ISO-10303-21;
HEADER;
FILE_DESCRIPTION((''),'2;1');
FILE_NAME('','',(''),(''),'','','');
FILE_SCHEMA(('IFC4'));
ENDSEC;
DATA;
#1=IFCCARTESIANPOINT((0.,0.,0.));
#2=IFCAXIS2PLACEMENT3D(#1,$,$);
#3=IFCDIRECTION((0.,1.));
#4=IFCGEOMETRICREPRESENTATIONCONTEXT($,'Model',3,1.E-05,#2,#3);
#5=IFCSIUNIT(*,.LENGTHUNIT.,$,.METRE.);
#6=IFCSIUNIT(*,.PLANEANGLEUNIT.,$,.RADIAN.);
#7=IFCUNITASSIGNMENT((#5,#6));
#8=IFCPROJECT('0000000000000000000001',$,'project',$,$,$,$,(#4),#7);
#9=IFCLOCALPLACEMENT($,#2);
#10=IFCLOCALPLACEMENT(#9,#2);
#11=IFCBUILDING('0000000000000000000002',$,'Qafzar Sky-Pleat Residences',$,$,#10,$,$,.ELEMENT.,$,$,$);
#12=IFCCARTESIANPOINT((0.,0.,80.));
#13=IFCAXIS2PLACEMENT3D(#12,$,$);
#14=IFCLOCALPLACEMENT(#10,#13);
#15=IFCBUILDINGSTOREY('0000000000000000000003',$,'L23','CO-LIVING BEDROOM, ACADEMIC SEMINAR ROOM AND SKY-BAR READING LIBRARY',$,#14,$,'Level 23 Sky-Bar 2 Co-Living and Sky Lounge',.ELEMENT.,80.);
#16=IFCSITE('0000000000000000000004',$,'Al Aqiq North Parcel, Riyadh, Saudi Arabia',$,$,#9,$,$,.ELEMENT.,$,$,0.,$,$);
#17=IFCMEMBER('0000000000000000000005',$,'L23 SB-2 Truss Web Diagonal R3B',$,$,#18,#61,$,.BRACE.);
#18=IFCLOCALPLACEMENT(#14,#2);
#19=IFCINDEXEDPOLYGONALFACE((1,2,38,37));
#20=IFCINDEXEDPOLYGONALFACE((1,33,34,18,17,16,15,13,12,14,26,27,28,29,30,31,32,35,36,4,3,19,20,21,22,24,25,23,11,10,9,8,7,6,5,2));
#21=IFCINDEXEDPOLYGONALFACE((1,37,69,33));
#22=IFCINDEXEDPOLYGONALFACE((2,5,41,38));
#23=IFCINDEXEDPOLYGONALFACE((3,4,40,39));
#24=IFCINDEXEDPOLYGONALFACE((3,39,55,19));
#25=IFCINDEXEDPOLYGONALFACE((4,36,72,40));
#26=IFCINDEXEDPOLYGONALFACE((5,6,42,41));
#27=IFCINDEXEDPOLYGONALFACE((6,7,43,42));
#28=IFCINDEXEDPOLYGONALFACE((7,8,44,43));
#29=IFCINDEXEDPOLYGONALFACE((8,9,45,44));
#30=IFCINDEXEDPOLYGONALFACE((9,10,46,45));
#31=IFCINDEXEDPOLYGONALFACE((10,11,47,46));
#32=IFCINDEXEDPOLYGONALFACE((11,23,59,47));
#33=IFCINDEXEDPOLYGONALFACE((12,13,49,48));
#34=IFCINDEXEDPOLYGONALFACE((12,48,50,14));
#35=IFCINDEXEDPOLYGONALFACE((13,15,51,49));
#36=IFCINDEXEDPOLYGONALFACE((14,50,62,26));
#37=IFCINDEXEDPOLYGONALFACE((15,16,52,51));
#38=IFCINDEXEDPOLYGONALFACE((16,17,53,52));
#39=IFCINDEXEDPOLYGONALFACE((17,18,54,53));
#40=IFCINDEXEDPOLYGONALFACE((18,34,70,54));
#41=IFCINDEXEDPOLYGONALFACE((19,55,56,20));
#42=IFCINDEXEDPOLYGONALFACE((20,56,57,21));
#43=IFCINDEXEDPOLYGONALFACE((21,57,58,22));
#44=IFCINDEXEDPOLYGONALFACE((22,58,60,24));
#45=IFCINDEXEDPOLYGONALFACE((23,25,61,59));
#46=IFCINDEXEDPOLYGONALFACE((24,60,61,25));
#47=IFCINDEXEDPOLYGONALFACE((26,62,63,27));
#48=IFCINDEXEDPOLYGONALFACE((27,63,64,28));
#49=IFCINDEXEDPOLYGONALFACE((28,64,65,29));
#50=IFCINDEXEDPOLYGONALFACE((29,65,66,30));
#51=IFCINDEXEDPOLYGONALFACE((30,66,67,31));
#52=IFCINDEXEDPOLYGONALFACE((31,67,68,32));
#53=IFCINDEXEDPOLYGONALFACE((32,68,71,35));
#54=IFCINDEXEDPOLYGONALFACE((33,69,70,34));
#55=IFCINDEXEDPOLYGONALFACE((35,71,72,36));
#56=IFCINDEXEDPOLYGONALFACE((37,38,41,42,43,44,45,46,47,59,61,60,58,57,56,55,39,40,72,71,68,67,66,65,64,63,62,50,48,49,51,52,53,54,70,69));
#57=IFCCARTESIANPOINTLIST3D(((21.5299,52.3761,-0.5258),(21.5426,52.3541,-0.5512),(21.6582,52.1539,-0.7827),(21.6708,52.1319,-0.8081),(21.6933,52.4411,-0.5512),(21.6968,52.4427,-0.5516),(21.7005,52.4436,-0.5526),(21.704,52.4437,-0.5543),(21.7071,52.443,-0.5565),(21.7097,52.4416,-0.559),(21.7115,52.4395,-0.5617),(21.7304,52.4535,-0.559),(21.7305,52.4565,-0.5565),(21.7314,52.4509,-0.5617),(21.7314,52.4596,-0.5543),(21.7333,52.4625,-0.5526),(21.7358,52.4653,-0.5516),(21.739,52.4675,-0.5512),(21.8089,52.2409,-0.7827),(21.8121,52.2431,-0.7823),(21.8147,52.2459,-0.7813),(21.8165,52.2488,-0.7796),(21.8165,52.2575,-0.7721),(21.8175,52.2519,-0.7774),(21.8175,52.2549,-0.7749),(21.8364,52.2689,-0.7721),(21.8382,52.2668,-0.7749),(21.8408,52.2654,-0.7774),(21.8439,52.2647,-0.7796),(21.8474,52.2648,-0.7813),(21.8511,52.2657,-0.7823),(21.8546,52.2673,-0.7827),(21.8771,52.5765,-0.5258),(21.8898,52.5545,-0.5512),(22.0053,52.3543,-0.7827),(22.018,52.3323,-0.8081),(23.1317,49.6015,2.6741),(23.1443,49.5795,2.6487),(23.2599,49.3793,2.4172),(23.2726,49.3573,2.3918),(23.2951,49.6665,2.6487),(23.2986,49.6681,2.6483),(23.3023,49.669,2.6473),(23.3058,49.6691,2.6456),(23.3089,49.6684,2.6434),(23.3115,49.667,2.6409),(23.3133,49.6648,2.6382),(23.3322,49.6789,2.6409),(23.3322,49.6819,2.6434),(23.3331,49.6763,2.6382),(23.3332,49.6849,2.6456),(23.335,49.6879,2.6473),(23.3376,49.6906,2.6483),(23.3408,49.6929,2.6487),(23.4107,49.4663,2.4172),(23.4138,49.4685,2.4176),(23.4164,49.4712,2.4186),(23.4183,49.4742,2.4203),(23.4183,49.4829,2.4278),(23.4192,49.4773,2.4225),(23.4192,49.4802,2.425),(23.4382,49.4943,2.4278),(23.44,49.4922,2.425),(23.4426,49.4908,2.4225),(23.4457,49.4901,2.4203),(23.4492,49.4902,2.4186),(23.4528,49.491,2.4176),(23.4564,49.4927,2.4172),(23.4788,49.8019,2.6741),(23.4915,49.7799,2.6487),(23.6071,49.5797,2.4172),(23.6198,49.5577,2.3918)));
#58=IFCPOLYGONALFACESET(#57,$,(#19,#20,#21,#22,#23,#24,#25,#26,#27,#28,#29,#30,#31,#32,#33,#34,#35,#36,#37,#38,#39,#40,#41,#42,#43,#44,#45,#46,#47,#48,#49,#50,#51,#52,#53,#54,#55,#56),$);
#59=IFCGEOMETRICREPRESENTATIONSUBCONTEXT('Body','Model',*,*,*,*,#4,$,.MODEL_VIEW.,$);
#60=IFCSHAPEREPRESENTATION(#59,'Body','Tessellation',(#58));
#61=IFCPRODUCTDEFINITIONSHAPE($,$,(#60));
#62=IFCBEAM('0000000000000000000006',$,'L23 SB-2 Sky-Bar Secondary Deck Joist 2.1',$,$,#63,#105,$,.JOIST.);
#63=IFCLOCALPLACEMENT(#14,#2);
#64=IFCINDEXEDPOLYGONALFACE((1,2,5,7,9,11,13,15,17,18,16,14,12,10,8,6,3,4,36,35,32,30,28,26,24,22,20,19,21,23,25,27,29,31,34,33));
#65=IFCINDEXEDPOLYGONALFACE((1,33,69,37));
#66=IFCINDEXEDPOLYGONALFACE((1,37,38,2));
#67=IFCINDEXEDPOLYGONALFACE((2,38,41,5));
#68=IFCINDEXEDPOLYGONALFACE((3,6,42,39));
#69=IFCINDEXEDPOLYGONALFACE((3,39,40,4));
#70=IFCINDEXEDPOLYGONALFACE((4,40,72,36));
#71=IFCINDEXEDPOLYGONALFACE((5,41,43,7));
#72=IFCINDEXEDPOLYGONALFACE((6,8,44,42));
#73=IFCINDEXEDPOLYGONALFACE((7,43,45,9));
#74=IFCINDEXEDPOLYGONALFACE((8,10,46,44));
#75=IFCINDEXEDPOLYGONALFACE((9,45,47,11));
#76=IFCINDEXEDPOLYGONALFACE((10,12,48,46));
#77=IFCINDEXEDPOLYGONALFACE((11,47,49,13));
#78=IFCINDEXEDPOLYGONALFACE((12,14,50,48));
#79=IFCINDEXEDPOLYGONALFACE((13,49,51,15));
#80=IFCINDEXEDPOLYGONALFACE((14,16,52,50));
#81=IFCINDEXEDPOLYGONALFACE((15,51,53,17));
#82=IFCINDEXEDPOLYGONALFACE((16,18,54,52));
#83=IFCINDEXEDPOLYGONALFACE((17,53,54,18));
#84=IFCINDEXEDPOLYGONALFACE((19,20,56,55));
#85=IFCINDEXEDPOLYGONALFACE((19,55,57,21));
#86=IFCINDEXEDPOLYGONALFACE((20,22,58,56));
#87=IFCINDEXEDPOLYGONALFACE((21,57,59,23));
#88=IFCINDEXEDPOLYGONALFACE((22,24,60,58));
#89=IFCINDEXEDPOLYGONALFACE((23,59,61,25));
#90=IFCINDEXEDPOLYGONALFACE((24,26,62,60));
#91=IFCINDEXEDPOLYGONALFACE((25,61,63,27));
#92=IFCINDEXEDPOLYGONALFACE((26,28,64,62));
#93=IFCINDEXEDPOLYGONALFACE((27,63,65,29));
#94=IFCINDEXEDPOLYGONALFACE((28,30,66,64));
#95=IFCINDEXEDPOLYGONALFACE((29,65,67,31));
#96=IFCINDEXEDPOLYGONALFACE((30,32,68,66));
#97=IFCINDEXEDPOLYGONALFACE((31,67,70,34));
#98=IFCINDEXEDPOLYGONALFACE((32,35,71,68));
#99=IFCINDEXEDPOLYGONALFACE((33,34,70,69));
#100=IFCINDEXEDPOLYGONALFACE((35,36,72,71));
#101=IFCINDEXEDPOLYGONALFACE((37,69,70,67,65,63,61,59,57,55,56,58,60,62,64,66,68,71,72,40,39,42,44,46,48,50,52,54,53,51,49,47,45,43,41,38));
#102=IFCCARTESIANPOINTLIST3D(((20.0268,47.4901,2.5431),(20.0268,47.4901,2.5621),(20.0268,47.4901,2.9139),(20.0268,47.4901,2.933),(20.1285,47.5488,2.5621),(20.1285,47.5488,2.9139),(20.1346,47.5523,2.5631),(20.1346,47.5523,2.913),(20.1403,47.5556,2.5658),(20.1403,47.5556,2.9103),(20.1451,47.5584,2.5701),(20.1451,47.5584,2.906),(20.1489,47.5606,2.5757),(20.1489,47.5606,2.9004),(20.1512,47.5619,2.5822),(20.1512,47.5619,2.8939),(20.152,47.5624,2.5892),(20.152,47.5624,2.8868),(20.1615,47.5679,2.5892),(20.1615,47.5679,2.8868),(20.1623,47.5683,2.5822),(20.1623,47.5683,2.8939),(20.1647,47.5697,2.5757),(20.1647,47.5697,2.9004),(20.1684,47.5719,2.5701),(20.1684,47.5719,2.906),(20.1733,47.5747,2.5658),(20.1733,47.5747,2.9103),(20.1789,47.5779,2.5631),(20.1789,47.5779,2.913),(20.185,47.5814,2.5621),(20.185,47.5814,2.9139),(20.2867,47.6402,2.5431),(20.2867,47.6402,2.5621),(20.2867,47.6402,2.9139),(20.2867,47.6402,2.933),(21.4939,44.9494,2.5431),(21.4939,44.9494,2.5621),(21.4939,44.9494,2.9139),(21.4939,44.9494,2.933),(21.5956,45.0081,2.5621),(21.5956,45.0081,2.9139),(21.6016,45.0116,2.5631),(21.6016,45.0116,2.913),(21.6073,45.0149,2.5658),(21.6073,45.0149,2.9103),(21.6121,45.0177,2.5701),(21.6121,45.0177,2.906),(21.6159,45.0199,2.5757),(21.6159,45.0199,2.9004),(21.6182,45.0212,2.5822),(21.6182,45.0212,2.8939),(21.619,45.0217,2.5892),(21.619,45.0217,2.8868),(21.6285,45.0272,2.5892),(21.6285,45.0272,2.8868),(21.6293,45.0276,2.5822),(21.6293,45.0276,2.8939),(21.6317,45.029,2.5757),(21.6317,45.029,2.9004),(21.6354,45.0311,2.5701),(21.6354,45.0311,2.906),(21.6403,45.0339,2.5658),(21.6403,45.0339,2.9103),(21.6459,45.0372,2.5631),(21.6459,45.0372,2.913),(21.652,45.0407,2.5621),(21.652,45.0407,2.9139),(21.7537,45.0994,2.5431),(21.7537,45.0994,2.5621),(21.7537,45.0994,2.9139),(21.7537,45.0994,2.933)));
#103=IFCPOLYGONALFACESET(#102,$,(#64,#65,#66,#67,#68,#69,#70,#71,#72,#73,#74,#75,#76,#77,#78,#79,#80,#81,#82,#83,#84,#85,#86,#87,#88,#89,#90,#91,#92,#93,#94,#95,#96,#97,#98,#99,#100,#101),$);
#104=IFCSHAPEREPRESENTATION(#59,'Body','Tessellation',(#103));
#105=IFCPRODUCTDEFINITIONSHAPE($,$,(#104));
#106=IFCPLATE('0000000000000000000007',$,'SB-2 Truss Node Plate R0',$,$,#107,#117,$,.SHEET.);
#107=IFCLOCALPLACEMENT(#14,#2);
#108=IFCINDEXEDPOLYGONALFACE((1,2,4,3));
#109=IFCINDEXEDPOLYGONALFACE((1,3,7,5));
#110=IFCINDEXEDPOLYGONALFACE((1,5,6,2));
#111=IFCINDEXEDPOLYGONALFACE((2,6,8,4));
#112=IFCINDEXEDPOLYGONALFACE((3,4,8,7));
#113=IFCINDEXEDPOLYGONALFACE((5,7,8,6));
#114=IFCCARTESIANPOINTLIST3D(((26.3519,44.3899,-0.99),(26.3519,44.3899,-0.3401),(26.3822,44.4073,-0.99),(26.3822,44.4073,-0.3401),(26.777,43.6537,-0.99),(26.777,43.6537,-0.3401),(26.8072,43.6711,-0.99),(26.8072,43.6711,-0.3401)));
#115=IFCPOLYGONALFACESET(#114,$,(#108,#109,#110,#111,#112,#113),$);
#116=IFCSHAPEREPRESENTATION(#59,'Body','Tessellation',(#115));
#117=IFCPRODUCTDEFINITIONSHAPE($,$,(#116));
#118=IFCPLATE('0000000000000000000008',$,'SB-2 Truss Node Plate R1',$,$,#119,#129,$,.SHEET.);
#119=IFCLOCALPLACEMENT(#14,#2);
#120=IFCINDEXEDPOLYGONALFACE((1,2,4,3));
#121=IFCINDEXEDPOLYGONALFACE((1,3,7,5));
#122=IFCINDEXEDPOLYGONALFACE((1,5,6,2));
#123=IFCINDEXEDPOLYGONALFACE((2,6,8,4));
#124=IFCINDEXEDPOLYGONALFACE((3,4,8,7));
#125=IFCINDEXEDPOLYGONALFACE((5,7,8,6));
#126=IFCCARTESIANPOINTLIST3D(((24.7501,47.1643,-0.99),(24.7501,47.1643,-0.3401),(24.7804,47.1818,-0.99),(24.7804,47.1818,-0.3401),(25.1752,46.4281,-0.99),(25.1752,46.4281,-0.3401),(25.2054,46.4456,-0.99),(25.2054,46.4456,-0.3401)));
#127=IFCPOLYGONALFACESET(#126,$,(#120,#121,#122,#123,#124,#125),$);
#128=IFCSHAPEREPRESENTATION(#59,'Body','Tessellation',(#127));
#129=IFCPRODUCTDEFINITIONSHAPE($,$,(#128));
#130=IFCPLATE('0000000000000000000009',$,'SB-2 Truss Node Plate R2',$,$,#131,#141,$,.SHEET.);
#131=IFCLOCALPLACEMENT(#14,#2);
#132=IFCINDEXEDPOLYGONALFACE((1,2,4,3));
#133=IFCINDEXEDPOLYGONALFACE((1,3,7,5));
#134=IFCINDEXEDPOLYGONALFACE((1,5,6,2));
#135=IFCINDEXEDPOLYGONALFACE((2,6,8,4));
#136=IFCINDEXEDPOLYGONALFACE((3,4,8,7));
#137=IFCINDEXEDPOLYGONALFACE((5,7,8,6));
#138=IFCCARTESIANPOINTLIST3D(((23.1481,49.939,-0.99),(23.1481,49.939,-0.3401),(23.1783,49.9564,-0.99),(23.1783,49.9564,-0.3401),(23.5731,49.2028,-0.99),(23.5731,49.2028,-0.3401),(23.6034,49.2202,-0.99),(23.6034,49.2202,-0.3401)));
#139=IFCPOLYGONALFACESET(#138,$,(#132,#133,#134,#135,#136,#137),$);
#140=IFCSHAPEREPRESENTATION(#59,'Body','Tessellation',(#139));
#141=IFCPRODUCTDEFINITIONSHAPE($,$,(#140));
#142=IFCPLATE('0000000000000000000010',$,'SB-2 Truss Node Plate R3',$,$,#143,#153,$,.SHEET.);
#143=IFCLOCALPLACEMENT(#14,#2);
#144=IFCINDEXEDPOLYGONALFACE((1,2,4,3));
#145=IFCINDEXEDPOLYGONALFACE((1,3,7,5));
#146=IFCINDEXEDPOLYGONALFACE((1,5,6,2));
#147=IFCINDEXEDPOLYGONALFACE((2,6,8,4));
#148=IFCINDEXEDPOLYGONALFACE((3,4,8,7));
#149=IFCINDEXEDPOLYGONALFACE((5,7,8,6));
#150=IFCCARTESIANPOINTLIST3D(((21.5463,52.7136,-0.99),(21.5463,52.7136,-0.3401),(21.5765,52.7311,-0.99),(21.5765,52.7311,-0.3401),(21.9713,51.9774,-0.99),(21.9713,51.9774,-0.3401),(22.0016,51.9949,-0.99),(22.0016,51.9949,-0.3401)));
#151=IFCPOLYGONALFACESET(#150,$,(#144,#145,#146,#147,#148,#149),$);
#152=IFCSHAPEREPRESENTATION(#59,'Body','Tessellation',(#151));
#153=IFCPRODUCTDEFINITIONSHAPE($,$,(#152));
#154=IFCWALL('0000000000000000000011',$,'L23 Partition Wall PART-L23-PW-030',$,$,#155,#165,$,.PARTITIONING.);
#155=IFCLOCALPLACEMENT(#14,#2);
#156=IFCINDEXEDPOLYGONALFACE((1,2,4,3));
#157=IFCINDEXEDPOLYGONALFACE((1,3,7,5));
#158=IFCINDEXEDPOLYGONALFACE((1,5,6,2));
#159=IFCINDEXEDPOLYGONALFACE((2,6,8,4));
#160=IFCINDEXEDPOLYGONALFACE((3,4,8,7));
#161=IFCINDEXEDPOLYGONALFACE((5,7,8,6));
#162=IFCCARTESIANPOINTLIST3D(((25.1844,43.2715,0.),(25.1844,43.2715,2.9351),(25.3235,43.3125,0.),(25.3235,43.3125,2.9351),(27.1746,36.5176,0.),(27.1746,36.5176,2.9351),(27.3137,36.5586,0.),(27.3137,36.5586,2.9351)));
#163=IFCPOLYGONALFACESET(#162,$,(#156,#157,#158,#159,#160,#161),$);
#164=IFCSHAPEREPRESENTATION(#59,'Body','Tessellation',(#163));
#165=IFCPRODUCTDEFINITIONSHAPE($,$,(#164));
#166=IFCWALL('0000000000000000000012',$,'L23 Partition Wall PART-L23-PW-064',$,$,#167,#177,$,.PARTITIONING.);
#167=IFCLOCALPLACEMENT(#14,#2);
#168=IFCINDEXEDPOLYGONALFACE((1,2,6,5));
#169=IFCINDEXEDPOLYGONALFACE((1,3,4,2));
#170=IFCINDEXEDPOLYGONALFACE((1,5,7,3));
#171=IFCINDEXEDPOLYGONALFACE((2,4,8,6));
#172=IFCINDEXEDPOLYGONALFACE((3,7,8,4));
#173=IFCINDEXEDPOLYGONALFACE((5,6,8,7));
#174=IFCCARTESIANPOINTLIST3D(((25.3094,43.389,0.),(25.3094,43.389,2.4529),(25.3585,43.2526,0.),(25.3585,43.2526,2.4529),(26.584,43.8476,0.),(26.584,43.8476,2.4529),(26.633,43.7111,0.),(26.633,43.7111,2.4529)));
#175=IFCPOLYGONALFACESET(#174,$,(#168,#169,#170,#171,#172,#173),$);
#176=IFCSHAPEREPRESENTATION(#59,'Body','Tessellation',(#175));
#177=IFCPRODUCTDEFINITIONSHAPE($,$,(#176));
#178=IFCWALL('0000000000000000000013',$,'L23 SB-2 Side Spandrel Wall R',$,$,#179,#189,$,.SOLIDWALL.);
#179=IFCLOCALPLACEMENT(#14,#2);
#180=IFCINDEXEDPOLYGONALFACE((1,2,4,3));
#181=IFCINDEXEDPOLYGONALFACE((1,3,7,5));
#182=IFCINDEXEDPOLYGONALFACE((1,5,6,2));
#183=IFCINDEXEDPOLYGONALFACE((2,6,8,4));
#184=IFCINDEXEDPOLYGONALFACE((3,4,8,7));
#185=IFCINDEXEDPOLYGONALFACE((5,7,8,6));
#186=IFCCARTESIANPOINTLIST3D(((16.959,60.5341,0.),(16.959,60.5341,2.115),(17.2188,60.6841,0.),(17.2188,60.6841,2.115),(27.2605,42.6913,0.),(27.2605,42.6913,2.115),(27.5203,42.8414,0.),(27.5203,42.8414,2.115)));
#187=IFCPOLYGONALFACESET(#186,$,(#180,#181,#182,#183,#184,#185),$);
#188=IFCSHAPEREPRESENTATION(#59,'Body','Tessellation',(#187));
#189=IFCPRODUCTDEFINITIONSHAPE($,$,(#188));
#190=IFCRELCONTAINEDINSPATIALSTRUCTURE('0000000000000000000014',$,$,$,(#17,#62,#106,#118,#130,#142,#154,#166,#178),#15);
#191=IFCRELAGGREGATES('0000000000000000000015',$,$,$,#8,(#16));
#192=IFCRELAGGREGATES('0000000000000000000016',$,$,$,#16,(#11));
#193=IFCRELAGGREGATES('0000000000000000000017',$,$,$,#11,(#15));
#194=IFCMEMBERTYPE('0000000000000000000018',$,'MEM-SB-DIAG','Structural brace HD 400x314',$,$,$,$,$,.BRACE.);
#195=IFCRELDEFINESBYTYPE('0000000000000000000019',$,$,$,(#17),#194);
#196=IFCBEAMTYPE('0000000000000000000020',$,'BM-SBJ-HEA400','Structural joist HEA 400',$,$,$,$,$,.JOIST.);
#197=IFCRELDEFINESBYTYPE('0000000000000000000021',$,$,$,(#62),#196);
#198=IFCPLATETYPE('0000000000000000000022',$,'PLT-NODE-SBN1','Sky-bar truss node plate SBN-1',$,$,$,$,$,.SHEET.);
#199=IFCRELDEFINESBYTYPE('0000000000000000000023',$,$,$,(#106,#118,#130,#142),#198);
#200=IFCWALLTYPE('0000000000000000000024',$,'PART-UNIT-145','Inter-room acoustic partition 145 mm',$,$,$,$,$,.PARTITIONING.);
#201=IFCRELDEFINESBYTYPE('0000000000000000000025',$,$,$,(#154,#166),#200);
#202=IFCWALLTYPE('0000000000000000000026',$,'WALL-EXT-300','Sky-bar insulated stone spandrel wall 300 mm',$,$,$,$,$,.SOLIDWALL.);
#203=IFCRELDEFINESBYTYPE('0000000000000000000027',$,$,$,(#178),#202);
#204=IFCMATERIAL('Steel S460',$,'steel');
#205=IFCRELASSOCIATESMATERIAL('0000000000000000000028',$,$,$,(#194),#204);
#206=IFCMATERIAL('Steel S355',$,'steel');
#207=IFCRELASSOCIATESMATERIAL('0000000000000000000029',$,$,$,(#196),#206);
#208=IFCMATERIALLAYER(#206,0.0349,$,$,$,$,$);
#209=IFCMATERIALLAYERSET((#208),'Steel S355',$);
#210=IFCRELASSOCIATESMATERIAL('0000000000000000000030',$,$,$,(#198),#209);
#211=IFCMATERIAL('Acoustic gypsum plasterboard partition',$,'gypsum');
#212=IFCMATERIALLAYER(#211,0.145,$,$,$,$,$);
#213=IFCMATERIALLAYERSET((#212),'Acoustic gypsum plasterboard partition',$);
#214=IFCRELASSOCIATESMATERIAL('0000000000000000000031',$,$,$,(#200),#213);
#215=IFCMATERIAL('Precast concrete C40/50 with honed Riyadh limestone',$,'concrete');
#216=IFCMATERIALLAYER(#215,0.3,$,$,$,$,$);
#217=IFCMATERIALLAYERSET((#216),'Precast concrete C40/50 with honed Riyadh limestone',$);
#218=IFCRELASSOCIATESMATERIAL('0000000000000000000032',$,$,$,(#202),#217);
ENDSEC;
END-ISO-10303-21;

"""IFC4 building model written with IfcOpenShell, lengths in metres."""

from ifc_helpers import new_model, si_unit, direction, frame, frame_2d, origin, origin_2d, place, context, subcontext, project, spatial, rectangle, i_section, extrude, source, transform, mapped, material, layer, layer_set, material_profile, profile_set, type_object, element, save


model = new_model("IFC4")

# Units and contexts
model_context = context("Model", 3, precision=1e-05, world=origin(), true_north=direction((0.0, 1.0)))
body_context = subcontext(model_context, "Body", "Model", "MODEL_VIEW")
ifc_project = project(units=[si_unit("LENGTHUNIT", "METRE"), si_unit("PLANEANGLEUNIT", "RADIAN")], contexts=[model_context])

# Site, building, storey
site_placement = place(None, origin())
site = spatial("IfcSite", under=ifc_project, at=site_placement, Name="Al Aqiq North Parcel, Riyadh, Saudi Arabia", CompositionType="ELEMENT", RefElevation=0.0)
building_placement = place(site_placement, origin())
building = spatial("IfcBuilding", under=site, at=building_placement, Name="Qafzar Sky-Pleat Residences", CompositionType="ELEMENT")
storey_placement = place(building_placement, frame((0.0, 0.0, 80.0)))
storey = spatial("IfcBuildingStorey", under=building, at=storey_placement, Name="L23", Description="CO-LIVING BEDROOM, ACADEMIC SEMINAR ROOM AND SKY-BAR READING LIBRARY", LongName="Level 23 Sky-Bar 2 Co-Living and Sky Lounge", CompositionType="ELEMENT", Elevation=80.0)

# Shared definitions
ifc_material_1 = material(Name="Steel S460", Category="steel")

# Shared definitions
ifc_material_2 = material(Name="Steel S355", Category="steel")

# Member
ifc_material_profile_1 = material_profile(ifc_material_1, i_section(OverallWidth=0.4009, OverallDepth=0.3989, WebThickness=0.0229, FlangeThickness=0.0359, FilletRadius=0.0149, at=origin_2d()), Name="HD 400x314")
ifc_profile_set_1 = profile_set([ifc_material_profile_1], Name="Steel S460")
member_type_1 = type_object("IfcMemberType", Name="MEM-SB-DIAG", Description="Structural brace HD 400x314", PredefinedType="BRACE", material=ifc_profile_set_1)
shared_shape_1 = source(origin(), body_context, "Body", "SweptSolid", [
    extrude(i_section(OverallWidth=0.4009, OverallDepth=0.3989, WebThickness=0.0229, FlangeThickness=0.0359, FilletRadius=0.0149, at=origin_2d()), origin(), (0.0, 0.0, 1.0), 4.5281),
])
for number, where, z_axis, x_axis, name in (
    (1, (23.3757, 49.5796, 2.533), (-0.353744, 0.612757, -0.706679), (-0.866045, -0.499967, 0.0), "L23 SB-2 Truss Web Diagonal R3B"),
):
    element("IfcMember", number, at=place(storey_placement, frame(where, z_axis=z_axis, x_axis=x_axis)), inside=storey, type_object=member_type_1, Name=name, PredefinedType="BRACE", context=body_context, shape_type="MappedRepresentation", body=[
        mapped(shared_shape_1, transform((0.0, 0.0, 0.0), x_axis=(1.0, 0.0, 0.0), y_axis=(0.0, 1.0, 0.0), z_axis=(0.0, 0.0, 1.0), scale=1.0)),
    ])

# Beam
ifc_material_profile_2 = material_profile(ifc_material_2, i_section(OverallWidth=0.3, OverallDepth=0.3899, WebThickness=0.011, FlangeThickness=0.019, FilletRadius=0.0271, at=origin_2d()), Name="HEA 400")
ifc_profile_set_2 = profile_set([ifc_material_profile_2], Name="Steel S355")
beam_type_1 = type_object("IfcBeamType", Name="BM-SBJ-HEA400", Description="Structural joist HEA 400", PredefinedType="JOIST", material=ifc_profile_set_2)
shared_shape_2 = source(origin(), body_context, "Body", "SweptSolid", [
    extrude(i_section(OverallWidth=0.3, OverallDepth=0.3899, WebThickness=0.011, FlangeThickness=0.019, FilletRadius=0.0271, at=origin_2d()), origin(), (0.0, 0.0, 1.0), 2.9338),
])
beam_1_placement = place(storey_placement, frame((21.6238, 45.0244, 2.738), z_axis=(-0.500032, 0.866007, 0.0), x_axis=(-0.866007, -0.500032, 0.0)))
element("IfcBeam", 2, at=beam_1_placement, inside=storey, type_object=beam_type_1, Name="L23 SB-2 Sky-Bar Secondary Deck Joist 2.1", PredefinedType="JOIST", context=body_context, shape_type="MappedRepresentation", body=[
    mapped(shared_shape_2, transform((0.0, 0.0, 0.0), x_axis=(1.0, 0.0, 0.0), y_axis=(0.0, 1.0, 0.0), z_axis=(0.0, 0.0, 1.0), scale=1.0)),
])

# Plates
ifc_layer_1 = layer(ifc_material_2, 0.0349)
ifc_layer_set_1 = layer_set([ifc_layer_1], Name="Steel S355")
plate_type = type_object("IfcPlateType", Name="PLT-NODE-SBN1", Description="Sky-bar truss node plate SBN-1", PredefinedType="SHEET", material=ifc_layer_set_1)
shared_shape_3 = source(origin(), body_context, "Body", "SweptSolid", [
    extrude(rectangle(XDim=0.8501, YDim=0.0349, at=origin_2d()), origin(), (0.0, 0.0, 1.0), 0.6499),
])
for number, where, z_axis, x_axis, name in (
    (3, (26.5796, 44.0305, -0.99), (0.0, 0.0, 1.0), (-0.5, 0.866025, 0.0), "SB-2 Truss Node Plate R0"),
    (4, (24.9778, 46.8049, -0.99), (0.0, 0.0, 1.0), (-0.5, 0.866025, 0.0), "SB-2 Truss Node Plate R1"),
    (5, (23.3757, 49.5796, -0.99), (0.0, 0.0, 1.0), (-0.5, 0.866025, 0.0), "SB-2 Truss Node Plate R2"),
    (6, (21.7739, 52.3542, -0.99), (0.0, 0.0, 1.0), (-0.5, 0.866025, 0.0), "SB-2 Truss Node Plate R3"),
):
    element("IfcPlate", number, at=place(storey_placement, frame(where, z_axis=z_axis, x_axis=x_axis)), inside=storey, type_object=plate_type, Name=name, PredefinedType="SHEET", context=body_context, shape_type="MappedRepresentation", body=[
        mapped(shared_shape_3, transform((0.0, 0.0, 0.0), x_axis=(1.0, 0.0, 0.0), y_axis=(0.0, 1.0, 0.0), z_axis=(0.0, 0.0, 1.0), scale=1.0)),
    ])

# Walls
ifc_material_3 = material(Name="Acoustic gypsum plasterboard partition", Category="gypsum")
ifc_layer_2 = layer(ifc_material_3, 0.145)
ifc_layer_set_2 = layer_set([ifc_layer_2], Name="Acoustic gypsum plasterboard partition")
wall_type_1 = type_object("IfcWallType", Name="PART-UNIT-145", Description="Inter-room acoustic partition 145 mm", PredefinedType="PARTITIONING", material=ifc_layer_set_2)
wall_1_placement = place(storey_placement, frame((25.2539, 43.292, 0.0), z_axis=(0.0, 0.0, 1.0), x_axis=(0.282662, -0.95922, 0.0)))
element("IfcWall", 7, at=wall_1_placement, inside=storey, type_object=wall_type_1, Name="L23 Partition Wall PART-L23-PW-030", PredefinedType="PARTITIONING", context=body_context, shape_type="SweptSolid", body=[
    extrude(rectangle(XDim=7.041, YDim=0.145, at=frame_2d((3.5205, 0.0))), origin(), (0.0, 0.0, 1.0), 2.9351),
])
wall_2_placement = place(storey_placement, frame((25.334, 43.3208, 0.0), z_axis=(0.0, 0.0, 1.0), x_axis=(0.940956, 0.338528, 0.0)))
element("IfcWall", 8, at=wall_2_placement, inside=storey, type_object=wall_type_1, Name="L23 Partition Wall PART-L23-PW-064", PredefinedType="PARTITIONING", context=body_context, shape_type="SweptSolid", body=[
    extrude(rectangle(XDim=1.3545, YDim=0.145, at=frame_2d((0.6772, 0.0))), origin(), (0.0, 0.0, 1.0), 2.4529),
])
ifc_material_4 = material(Name="Precast concrete C40/50 with honed Riyadh limestone", Category="concrete")
ifc_layer_3 = layer(ifc_material_4, 0.3)
ifc_layer_set_3 = layer_set([ifc_layer_3], Name="Precast concrete C40/50 with honed Riyadh limestone")
wall_type_2 = type_object("IfcWallType", Name="WALL-EXT-300", Description="Sky-bar insulated stone spandrel wall 300 mm", PredefinedType="SOLIDWALL", material=ifc_layer_set_3)
wall_3_placement = place(storey_placement, frame((27.3904, 42.7664, 0.0), z_axis=(0.0, 0.0, 1.0), x_axis=(-0.499999, 0.866026, 0.0)))
element("IfcWall", 9, at=wall_3_placement, inside=storey, type_object=wall_type_2, Name="L23 SB-2 Side Spandrel Wall R", PredefinedType="SOLIDWALL", context=body_context, shape_type="SweptSolid", body=[
    extrude(rectangle(XDim=20.603, YDim=0.3, at=frame_2d((10.3015, 0.0))), origin(), (0.0, 0.0, 1.0), 2.115),
])

save(model, "model.ifc")
